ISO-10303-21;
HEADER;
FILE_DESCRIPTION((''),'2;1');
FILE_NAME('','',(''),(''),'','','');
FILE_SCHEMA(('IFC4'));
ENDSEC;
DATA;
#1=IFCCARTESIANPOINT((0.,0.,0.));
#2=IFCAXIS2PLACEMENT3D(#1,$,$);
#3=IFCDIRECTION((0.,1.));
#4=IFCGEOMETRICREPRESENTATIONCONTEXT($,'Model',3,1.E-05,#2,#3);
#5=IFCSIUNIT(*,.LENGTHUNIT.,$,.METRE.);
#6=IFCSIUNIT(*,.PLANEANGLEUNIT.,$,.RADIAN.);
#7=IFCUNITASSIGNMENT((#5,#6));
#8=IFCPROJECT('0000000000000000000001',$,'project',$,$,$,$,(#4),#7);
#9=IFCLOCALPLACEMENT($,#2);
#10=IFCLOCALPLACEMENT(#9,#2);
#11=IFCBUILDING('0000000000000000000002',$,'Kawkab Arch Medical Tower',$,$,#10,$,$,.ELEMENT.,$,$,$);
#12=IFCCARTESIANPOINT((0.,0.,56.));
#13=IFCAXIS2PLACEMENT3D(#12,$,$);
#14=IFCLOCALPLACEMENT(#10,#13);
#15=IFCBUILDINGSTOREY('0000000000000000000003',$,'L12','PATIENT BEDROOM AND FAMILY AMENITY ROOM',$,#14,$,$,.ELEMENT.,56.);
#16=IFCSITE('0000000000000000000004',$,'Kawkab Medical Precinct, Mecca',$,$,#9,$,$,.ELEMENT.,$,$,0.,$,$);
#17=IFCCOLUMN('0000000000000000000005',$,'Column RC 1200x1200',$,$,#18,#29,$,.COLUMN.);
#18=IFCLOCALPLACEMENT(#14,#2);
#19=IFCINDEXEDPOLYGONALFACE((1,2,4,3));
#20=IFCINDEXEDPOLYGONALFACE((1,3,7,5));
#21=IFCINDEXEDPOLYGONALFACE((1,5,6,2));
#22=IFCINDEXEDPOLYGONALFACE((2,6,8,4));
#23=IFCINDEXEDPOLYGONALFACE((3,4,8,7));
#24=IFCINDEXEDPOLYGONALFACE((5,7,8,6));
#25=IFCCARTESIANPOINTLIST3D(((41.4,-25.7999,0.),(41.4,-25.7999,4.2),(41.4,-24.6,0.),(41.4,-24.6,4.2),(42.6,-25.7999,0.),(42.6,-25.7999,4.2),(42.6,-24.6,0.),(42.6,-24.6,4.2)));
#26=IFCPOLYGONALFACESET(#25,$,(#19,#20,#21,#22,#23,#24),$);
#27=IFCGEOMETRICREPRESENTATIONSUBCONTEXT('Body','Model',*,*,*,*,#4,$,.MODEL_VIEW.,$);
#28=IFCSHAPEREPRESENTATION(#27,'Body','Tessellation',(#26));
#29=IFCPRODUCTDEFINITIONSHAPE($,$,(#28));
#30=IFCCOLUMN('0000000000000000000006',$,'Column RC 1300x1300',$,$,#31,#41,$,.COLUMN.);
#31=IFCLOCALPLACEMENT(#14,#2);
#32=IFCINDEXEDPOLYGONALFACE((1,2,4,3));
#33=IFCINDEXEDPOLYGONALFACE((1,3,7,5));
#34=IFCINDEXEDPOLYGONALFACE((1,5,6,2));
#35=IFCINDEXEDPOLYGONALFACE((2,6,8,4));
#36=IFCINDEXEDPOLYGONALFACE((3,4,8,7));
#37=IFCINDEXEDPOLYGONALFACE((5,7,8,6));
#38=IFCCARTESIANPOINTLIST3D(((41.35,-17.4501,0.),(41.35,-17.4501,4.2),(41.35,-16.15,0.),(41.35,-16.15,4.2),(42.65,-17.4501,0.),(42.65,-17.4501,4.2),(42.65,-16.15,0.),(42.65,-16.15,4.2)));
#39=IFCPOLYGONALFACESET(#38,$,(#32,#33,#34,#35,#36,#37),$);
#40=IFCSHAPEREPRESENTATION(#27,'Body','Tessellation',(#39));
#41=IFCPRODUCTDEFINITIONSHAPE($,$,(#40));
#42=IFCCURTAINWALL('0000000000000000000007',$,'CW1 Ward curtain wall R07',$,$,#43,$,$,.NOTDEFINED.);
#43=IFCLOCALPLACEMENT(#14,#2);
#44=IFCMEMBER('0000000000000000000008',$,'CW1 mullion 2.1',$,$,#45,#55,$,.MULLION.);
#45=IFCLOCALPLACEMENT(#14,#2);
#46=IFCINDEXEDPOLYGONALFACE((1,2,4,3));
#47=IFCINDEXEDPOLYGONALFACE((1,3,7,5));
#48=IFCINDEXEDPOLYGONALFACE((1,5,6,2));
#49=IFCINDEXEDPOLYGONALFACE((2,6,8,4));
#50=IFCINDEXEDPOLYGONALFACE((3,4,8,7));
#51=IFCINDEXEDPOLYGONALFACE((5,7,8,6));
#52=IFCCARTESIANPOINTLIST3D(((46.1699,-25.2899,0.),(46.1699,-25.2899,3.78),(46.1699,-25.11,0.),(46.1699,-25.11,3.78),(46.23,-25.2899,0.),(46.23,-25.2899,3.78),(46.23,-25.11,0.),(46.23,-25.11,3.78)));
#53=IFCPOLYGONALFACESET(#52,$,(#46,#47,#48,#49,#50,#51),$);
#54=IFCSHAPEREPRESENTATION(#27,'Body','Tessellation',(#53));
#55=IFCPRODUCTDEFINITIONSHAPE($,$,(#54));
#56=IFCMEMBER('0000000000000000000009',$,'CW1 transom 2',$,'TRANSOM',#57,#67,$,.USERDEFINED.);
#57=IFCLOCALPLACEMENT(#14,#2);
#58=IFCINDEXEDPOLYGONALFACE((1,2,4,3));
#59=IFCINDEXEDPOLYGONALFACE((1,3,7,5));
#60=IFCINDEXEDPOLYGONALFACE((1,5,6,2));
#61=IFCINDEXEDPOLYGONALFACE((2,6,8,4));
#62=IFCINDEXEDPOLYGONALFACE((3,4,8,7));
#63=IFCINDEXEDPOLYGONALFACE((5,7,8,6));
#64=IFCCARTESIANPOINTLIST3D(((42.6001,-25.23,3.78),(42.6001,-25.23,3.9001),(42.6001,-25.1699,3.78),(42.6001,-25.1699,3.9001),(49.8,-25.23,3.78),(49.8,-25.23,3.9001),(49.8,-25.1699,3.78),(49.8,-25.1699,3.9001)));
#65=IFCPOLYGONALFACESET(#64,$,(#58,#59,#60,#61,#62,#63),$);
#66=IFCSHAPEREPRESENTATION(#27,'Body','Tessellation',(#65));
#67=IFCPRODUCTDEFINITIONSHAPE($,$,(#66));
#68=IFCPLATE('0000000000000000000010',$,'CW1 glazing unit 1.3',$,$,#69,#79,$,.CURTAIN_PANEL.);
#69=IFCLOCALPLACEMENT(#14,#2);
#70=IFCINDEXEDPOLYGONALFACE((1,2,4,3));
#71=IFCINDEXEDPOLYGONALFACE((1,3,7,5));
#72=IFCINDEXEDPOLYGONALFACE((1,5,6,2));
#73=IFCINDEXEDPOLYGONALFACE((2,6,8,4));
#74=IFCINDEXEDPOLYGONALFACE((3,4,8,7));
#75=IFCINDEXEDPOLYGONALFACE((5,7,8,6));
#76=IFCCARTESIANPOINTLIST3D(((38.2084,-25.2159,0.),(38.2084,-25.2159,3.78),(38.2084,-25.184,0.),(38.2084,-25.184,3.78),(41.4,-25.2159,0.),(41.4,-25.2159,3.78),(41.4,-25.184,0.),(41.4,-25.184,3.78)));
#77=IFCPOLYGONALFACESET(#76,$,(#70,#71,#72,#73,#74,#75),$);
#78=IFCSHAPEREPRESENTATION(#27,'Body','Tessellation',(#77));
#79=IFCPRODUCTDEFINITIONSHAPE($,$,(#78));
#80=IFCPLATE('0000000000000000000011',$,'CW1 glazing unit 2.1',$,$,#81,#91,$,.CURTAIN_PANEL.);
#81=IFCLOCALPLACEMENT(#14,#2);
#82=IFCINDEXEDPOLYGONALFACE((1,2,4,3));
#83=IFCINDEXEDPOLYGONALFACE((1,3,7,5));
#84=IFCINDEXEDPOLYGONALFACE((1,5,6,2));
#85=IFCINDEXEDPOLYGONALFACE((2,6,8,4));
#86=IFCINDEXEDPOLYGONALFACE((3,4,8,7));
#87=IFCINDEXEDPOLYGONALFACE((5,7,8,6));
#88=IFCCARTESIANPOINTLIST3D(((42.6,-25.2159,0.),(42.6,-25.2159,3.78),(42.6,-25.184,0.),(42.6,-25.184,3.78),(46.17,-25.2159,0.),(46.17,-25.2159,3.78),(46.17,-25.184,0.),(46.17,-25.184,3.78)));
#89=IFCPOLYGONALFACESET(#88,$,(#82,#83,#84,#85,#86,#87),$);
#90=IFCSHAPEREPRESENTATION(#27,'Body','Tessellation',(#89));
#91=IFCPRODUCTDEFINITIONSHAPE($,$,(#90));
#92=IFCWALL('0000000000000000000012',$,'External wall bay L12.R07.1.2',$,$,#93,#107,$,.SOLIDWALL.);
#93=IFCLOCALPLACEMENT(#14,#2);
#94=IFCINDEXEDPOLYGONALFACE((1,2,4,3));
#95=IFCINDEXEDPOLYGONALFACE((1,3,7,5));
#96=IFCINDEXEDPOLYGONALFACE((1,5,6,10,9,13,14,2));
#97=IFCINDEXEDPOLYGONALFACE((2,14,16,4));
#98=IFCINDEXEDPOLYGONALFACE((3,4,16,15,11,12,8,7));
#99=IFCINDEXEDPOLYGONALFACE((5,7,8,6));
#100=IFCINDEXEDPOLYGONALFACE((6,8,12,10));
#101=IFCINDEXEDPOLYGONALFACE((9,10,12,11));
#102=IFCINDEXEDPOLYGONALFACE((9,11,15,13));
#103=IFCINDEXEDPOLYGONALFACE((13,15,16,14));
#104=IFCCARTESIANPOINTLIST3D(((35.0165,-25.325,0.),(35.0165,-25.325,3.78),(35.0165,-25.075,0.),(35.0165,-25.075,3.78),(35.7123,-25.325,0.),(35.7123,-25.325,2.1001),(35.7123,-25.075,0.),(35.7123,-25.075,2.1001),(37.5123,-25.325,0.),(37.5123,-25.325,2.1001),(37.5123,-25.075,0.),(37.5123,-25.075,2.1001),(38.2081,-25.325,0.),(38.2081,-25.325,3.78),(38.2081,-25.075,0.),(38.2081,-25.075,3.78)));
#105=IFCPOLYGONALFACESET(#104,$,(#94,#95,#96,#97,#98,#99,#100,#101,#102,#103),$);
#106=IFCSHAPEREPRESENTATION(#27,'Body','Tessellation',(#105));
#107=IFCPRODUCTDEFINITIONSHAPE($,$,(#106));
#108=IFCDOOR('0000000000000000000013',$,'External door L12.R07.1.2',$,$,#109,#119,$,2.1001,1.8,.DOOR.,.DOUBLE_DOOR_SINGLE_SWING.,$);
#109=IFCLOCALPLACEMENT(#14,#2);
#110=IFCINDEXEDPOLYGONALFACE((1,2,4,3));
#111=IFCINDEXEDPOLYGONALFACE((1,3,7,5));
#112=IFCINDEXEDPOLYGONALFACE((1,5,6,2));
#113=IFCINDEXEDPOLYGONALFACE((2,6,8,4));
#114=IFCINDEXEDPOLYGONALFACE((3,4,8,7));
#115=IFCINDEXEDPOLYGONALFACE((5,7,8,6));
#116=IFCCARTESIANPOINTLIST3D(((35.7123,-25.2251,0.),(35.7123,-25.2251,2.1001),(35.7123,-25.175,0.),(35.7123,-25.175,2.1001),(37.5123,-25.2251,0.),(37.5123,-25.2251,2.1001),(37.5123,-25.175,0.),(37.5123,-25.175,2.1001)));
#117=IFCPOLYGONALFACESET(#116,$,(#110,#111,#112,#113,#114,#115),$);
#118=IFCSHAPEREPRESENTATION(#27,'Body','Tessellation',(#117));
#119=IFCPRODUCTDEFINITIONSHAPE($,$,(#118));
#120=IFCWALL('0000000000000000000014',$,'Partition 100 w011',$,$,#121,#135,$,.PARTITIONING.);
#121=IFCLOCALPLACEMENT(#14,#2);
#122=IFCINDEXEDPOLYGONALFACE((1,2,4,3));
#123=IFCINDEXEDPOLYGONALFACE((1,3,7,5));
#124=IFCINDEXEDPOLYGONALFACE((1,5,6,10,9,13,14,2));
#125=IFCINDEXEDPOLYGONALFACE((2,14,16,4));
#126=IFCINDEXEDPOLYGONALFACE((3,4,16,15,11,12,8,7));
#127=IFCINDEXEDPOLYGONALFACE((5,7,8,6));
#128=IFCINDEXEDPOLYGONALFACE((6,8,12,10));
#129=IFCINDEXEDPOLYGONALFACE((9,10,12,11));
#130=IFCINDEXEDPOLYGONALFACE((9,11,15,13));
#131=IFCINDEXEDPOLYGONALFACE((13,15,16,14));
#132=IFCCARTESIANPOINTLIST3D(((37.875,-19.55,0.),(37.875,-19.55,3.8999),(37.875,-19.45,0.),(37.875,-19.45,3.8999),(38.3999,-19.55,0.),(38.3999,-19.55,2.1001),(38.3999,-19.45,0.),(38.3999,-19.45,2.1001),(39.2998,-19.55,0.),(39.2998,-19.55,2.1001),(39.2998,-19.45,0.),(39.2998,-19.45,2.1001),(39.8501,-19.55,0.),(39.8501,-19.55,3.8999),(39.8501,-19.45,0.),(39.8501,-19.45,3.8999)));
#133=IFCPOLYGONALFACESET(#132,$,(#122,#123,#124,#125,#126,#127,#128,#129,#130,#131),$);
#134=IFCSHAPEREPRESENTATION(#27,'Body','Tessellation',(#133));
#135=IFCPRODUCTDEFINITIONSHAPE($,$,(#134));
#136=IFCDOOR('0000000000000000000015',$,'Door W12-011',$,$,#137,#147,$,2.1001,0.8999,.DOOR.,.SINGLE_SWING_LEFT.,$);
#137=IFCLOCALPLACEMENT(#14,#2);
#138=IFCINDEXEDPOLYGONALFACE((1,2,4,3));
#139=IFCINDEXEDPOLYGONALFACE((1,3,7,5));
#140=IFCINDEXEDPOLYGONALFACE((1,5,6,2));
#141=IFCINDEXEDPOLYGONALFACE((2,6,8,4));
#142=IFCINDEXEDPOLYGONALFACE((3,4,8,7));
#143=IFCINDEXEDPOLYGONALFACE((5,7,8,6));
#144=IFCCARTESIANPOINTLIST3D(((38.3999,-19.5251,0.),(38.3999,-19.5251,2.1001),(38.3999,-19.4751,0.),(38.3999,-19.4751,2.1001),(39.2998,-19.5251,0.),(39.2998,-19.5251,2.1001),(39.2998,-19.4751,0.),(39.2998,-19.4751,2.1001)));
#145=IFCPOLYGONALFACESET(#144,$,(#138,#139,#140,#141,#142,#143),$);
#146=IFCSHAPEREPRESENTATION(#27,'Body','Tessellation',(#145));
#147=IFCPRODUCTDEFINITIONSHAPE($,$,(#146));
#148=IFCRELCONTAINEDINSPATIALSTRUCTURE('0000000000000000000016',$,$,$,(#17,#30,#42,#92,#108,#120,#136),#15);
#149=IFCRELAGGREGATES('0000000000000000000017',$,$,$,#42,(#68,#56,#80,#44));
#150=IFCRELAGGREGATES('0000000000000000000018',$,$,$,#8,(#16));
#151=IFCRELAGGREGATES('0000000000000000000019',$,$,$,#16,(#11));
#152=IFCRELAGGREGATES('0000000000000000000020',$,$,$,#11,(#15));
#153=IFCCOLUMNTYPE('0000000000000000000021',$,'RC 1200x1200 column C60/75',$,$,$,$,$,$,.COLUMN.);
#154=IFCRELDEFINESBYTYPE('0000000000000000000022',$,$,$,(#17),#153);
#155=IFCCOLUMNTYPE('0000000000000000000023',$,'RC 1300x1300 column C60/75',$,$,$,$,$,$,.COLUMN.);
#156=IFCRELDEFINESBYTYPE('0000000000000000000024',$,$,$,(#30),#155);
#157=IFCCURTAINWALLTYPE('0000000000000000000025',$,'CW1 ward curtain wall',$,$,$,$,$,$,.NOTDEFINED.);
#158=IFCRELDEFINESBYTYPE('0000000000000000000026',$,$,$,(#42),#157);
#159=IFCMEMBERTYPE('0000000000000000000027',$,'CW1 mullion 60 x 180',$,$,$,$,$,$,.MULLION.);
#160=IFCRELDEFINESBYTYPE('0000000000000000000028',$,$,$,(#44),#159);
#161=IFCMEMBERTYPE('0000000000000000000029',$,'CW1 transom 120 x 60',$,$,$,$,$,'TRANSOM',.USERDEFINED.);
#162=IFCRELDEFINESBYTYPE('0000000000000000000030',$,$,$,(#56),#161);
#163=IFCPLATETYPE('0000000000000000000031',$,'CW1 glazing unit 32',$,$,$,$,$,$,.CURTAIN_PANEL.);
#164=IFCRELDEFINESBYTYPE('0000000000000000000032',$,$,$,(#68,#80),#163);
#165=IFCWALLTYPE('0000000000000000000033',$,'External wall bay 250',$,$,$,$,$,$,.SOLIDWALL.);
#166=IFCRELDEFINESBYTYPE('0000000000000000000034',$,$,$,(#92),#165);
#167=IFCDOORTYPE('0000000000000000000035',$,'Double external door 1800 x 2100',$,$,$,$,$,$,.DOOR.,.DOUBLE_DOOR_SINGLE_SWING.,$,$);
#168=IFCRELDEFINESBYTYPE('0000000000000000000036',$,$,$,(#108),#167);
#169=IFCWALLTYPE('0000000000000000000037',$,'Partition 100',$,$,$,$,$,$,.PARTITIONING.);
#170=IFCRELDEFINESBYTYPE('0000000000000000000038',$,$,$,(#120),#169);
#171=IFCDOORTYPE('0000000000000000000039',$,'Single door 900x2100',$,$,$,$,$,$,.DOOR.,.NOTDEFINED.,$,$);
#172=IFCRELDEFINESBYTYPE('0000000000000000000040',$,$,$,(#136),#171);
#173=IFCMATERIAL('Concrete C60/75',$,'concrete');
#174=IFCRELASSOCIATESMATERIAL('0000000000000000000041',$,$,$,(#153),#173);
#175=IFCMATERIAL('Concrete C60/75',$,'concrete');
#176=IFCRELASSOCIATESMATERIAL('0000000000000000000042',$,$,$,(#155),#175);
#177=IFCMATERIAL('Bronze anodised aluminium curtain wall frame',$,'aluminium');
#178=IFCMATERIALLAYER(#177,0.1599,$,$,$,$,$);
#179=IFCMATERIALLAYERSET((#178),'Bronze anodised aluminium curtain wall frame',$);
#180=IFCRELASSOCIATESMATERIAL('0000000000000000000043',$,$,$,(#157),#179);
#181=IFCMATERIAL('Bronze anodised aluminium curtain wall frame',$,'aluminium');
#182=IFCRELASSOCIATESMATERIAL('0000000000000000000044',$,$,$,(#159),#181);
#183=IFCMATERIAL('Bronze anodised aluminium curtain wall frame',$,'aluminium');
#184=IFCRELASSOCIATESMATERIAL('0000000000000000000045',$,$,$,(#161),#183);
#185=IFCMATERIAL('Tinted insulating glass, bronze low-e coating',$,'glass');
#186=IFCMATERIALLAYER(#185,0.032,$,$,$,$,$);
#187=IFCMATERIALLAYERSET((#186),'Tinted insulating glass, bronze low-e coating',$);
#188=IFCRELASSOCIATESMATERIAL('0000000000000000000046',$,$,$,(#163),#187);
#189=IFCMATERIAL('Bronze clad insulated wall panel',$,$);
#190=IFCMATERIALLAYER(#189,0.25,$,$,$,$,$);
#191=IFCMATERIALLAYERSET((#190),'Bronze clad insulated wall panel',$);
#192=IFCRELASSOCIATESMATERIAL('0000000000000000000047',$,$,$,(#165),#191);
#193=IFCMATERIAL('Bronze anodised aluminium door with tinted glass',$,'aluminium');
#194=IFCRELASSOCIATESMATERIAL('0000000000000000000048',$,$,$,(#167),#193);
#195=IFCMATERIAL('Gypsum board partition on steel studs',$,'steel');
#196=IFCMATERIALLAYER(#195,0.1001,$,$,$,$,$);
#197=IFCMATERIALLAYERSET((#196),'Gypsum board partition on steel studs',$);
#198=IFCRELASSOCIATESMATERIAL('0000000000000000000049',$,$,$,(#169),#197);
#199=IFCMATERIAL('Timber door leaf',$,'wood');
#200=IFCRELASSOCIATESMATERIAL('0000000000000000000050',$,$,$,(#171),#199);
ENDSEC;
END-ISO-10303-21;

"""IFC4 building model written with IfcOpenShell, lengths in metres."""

from ifc_helpers import new_model, si_unit, direction, frame, frame_2d, origin, origin_2d, place, context, subcontext, project, spatial, rectangle, extrude, material, layer, layer_set, material_profile, profile_set, type_object, element, fill, aggregate, save


model = new_model("IFC4")

# Units and contexts
model_context = context("Model", 3, precision=1e-05, world=origin(), true_north=direction((0.0, 1.0)))
body_context = subcontext(model_context, "Body", "Model", "MODEL_VIEW")
ifc_project = project(units=[si_unit("LENGTHUNIT", "METRE"), si_unit("PLANEANGLEUNIT", "RADIAN")], contexts=[model_context])

# Site, building, storey
site_placement = place(None, origin())
site = spatial("IfcSite", under=ifc_project, at=site_placement, Name="Kawkab Medical Precinct, Mecca", CompositionType="ELEMENT", RefElevation=0.0)
building_placement = place(site_placement, origin())
building = spatial("IfcBuilding", under=site, at=building_placement, Name="Kawkab Arch Medical Tower", CompositionType="ELEMENT")
storey_placement = place(building_placement, frame((0.0, 0.0, 56.0)))
storey = spatial("IfcBuildingStorey", under=building, at=storey_placement, Name="L12", Description="PATIENT BEDROOM AND FAMILY AMENITY ROOM", CompositionType="ELEMENT", Elevation=56.0)

# Columns
ifc_material_1 = material(Name="Concrete C60/75", Category="concrete")
ifc_material_profile_1 = material_profile(ifc_material_1, rectangle(XDim=1.2, YDim=1.2, at=origin_2d()), Name="RC 1200x1200")
ifc_profile_set_1 = profile_set([ifc_material_profile_1], Name="Concrete C60/75")
column_type_1 = type_object("IfcColumnType", Name="RC 1200x1200 column C60/75", PredefinedType="COLUMN", material=ifc_profile_set_1)
column_1_placement = place(storey_placement, frame((42.0, -25.2, 0.0), z_axis=(0.0, 0.0, 1.0), x_axis=(1.0, 0.0, 0.0)))
element("IfcColumn", 1, at=column_1_placement, inside=storey, type_object=column_type_1, Name="Column RC 1200x1200", PredefinedType="COLUMN", context=body_context, shape_type="SweptSolid", body=[
    extrude(rectangle(XDim=1.2, YDim=1.2, at=origin_2d()), origin(), (0.0, 0.0, 1.0), 4.2),
])
ifc_material_2 = material(Name="Concrete C60/75", Category="concrete")
ifc_material_profile_2 = material_profile(ifc_material_2, rectangle(XDim=1.3, YDim=1.3, at=origin_2d()), Name="RC 1300x1300")
ifc_profile_set_2 = profile_set([ifc_material_profile_2], Name="Concrete C60/75")
column_type_2 = type_object("IfcColumnType", Name="RC 1300x1300 column C60/75", PredefinedType="COLUMN", material=ifc_profile_set_2)
column_2_placement = place(storey_placement, frame((42.0, -16.8, 0.0), z_axis=(0.0, 0.0, 1.0), x_axis=(1.0, 0.0, 0.0)))
element("IfcColumn", 2, at=column_2_placement, inside=storey, type_object=column_type_2, Name="Column RC 1300x1300", PredefinedType="COLUMN", context=body_context, shape_type="SweptSolid", body=[
    extrude(rectangle(XDim=1.3, YDim=1.3, at=origin_2d()), origin(), (0.0, 0.0, 1.0), 4.2),
])

# Curtain wall, members, plates
ifc_material_3 = material(Name="Bronze anodised aluminium curtain wall frame", Category="aluminium")
ifc_layer_1 = layer(ifc_material_3, 0.1599)
ifc_layer_set_1 = layer_set([ifc_layer_1], Name="Bronze anodised aluminium curtain wall frame")
curtain_wall_type = type_object("IfcCurtainWallType", Name="CW1 ward curtain wall", PredefinedType="NOTDEFINED", material=ifc_layer_set_1)
curtain_wall_placement = place(storey_placement, origin())
curtain_wall = element("IfcCurtainWall", 3, at=curtain_wall_placement, inside=storey, type_object=curtain_wall_type, Name="CW1 Ward curtain wall R07", PredefinedType="NOTDEFINED")
ifc_material_4 = material(Name="Bronze anodised aluminium curtain wall frame", Category="aluminium")
ifc_material_profile_3 = material_profile(ifc_material_4, rectangle(XDim=0.1799, YDim=0.0601, at=origin_2d()), Name="AL 60x180")
ifc_profile_set_3 = profile_set([ifc_material_profile_3], Name="Bronze anodised aluminium curtain wall frame")
member_type_1 = type_object("IfcMemberType", Name="CW1 mullion 60 x 180", PredefinedType="MULLION", material=ifc_profile_set_3)
member_1_placement = place(storey_placement, frame((46.2, -25.2, 0.0), z_axis=(0.0, 0.0, 1.0), x_axis=(0.0, 1.0, 0.0)))
member_1 = element("IfcMember", 4, at=member_1_placement, type_object=member_type_1, Name="CW1 mullion 2.1", PredefinedType="MULLION", context=body_context, shape_type="SweptSolid", body=[
    extrude(rectangle(XDim=0.1799, YDim=0.0601, at=origin_2d()), origin(), (0.0, 0.0, 1.0), 3.78),
])
ifc_material_5 = material(Name="Bronze anodised aluminium curtain wall frame", Category="aluminium")
ifc_material_profile_4 = material_profile(ifc_material_5, rectangle(XDim=0.0601, YDim=0.1201, at=origin_2d()), Name="AL 60x120")
ifc_profile_set_4 = profile_set([ifc_material_profile_4], Name="Bronze anodised aluminium curtain wall frame")
member_type_2 = type_object("IfcMemberType", Name="CW1 transom 120 x 60", ElementType="TRANSOM", PredefinedType="USERDEFINED", material=ifc_profile_set_4)
member_2_placement = place(storey_placement, frame((42.6001, -25.2, 3.8401), z_axis=(1.0, 0.0, 0.0), x_axis=(0.0, 1.0, 0.0)))
member_2 = element("IfcMember", 5, at=member_2_placement, type_object=member_type_2, Name="CW1 transom 2", ObjectType="TRANSOM", PredefinedType="USERDEFINED", context=body_context, shape_type="SweptSolid", body=[
    extrude(rectangle(XDim=0.0601, YDim=0.1201, at=origin_2d()), origin(), (0.0, 0.0, 1.0), 7.2),
])
ifc_material_6 = material(Name="Tinted insulating glass, bronze low-e coating", Category="glass")
ifc_layer_2 = layer(ifc_material_6, 0.032)
ifc_layer_set_2 = layer_set([ifc_layer_2], Name="Tinted insulating glass, bronze low-e coating")
plate_type = type_object("IfcPlateType", Name="CW1 glazing unit 32", PredefinedType="CURTAIN_PANEL", material=ifc_layer_set_2)
plate_1_placement = place(storey_placement, frame((39.8042, -25.2, 0.0), z_axis=(0.0, 0.0, 1.0), x_axis=(1.0, 0.0, 0.0)))
plate_1 = element("IfcPlate", 6, at=plate_1_placement, type_object=plate_type, Name="CW1 glazing unit 1.3", PredefinedType="CURTAIN_PANEL", context=body_context, shape_type="SweptSolid", body=[
    extrude(rectangle(XDim=3.1917, YDim=0.032, at=origin_2d()), origin(), (0.0, 0.0, 1.0), 3.78),
])
plate_2_placement = place(storey_placement, frame((44.385, -25.2, 0.0), z_axis=(0.0, 0.0, 1.0), x_axis=(1.0, 0.0, 0.0)))
plate_2 = element("IfcPlate", 7, at=plate_2_placement, type_object=plate_type, Name="CW1 glazing unit 2.1", PredefinedType="CURTAIN_PANEL", context=body_context, shape_type="SweptSolid", body=[
    extrude(rectangle(XDim=3.5701, YDim=0.032, at=origin_2d()), origin(), (0.0, 0.0, 1.0), 3.78),
])
aggregate(curtain_wall, [plate_1, member_2, plate_2, member_1])

# Walls, openings, doors
ifc_material_7 = material(Name="Bronze clad insulated wall panel")
ifc_layer_3 = layer(ifc_material_7, 0.25)
ifc_layer_set_3 = layer_set([ifc_layer_3], Name="Bronze clad insulated wall panel")
wall_type_1 = type_object("IfcWallType", Name="External wall bay 250", PredefinedType="SOLIDWALL", material=ifc_layer_set_3)
wall_1_placement = place(storey_placement, frame((35.0166, -25.2, 0.0), z_axis=(0.0, 0.0, 1.0), x_axis=(1.0, 0.0, 0.0)))
wall_1 = element("IfcWall", 8, at=wall_1_placement, inside=storey, type_object=wall_type_1, Name="External wall bay L12.R07.1.2", PredefinedType="SOLIDWALL", context=body_context, shape_type="SweptSolid", body=[
    extrude(rectangle(XDim=3.1917, YDim=0.25, at=frame_2d((1.5957, 0.0))), origin(), (0.0, 0.0, 1.0), 3.78),
])
opening_1_placement = place(wall_1_placement, frame((0.6958, 0.0, 0.0)))
opening_1 = element("IfcOpeningElement", 9, at=opening_1_placement, cuts=wall_1, PredefinedType="OPENING", context=body_context, shape_type="SweptSolid", body=[
    extrude(rectangle(XDim=1.8, YDim=2.1001, at=frame_2d((0.8999, 1.05))), frame((0.0, 0.135, 0.0), z_axis=(0.0, -1.0, 0.0), x_axis=(1.0, 0.0, 0.0)), (0.0, 0.0, 1.0), 0.27),
])
ifc_material_8 = material(Name="Bronze anodised aluminium door with tinted glass", Category="aluminium")
door_type_1 = type_object("IfcDoorType", Name="Double external door 1800 x 2100", OperationType="DOUBLE_DOOR_SINGLE_SWING", PredefinedType="DOOR", material=ifc_material_8)
door_1_placement = place(opening_1_placement, origin())
door_1 = element("IfcDoor", 10, at=door_1_placement, inside=storey, type_object=door_type_1, Name="External door L12.R07.1.2", OperationType="DOUBLE_DOOR_SINGLE_SWING", OverallHeight=2.1001, OverallWidth=1.8, PredefinedType="DOOR", context=body_context, shape_type="SweptSolid", body=[
    extrude(rectangle(XDim=1.8, YDim=2.1001, at=frame_2d((0.8999, 1.05))), frame((0.0, 0.0249, 0.0), z_axis=(0.0, -1.0, 0.0), x_axis=(1.0, 0.0, 0.0)), (0.0, 0.0, 1.0), 0.05),
])
fill(opening_1, door_1)
ifc_material_9 = material(Name="Gypsum board partition on steel studs", Category="steel")
ifc_layer_4 = layer(ifc_material_9, 0.1001)
ifc_layer_set_4 = layer_set([ifc_layer_4], Name="Gypsum board partition on steel studs")
wall_type_2 = type_object("IfcWallType", Name="Partition 100", PredefinedType="PARTITIONING", material=ifc_layer_set_4)
wall_2_placement = place(storey_placement, frame((37.875, -19.5, 0.0), z_axis=(0.0, 0.0, 1.0), x_axis=(1.0, 0.0, 0.0)))
wall_2 = element("IfcWall", 11, at=wall_2_placement, inside=storey, type_object=wall_type_2, Name="Partition 100 w011", PredefinedType="PARTITIONING", context=body_context, shape_type="SweptSolid", body=[
    extrude(rectangle(XDim=1.9751, YDim=0.1001, at=frame_2d((0.9875, 0.0))), origin(), (0.0, 0.0, 1.0), 3.8999),
])
opening_2_placement = place(wall_2_placement, frame((0.5249, 0.0, 0.0)))
opening_2 = element("IfcOpeningElement", 12, at=opening_2_placement, cuts=wall_2, PredefinedType="OPENING", context=body_context, shape_type="SweptSolid", body=[
    extrude(rectangle(XDim=0.8999, YDim=2.1001, at=frame_2d((0.45, 1.05))), frame((0.0, 0.0601, 0.0), z_axis=(0.0, -1.0, 0.0), x_axis=(1.0, 0.0, 0.0)), (0.0, 0.0, 1.0), 0.1201),
])
ifc_material_10 = material(Name="Timber door leaf", Category="wood")
door_type_2 = type_object("IfcDoorType", Name="Single door 900x2100", OperationType="NOTDEFINED", PredefinedType="DOOR", material=ifc_material_10)
door_2_placement = place(opening_2_placement, origin())
door_2 = element("IfcDoor", 13, at=door_2_placement, inside=storey, type_object=door_type_2, Name="Door W12-011", OperationType="SINGLE_SWING_LEFT", OverallHeight=2.1001, OverallWidth=0.8999, PredefinedType="DOOR", context=body_context, shape_type="SweptSolid", body=[
    extrude(rectangle(XDim=0.8999, YDim=2.1001, at=frame_2d((0.45, 1.05))), frame((0.0, 0.0249, 0.0), z_axis=(0.0, -1.0, 0.0), x_axis=(1.0, 0.0, 0.0)), (0.0, 0.0, 1.0), 0.05),
])
fill(opening_2, door_2)

save(model, "model.ifc")
